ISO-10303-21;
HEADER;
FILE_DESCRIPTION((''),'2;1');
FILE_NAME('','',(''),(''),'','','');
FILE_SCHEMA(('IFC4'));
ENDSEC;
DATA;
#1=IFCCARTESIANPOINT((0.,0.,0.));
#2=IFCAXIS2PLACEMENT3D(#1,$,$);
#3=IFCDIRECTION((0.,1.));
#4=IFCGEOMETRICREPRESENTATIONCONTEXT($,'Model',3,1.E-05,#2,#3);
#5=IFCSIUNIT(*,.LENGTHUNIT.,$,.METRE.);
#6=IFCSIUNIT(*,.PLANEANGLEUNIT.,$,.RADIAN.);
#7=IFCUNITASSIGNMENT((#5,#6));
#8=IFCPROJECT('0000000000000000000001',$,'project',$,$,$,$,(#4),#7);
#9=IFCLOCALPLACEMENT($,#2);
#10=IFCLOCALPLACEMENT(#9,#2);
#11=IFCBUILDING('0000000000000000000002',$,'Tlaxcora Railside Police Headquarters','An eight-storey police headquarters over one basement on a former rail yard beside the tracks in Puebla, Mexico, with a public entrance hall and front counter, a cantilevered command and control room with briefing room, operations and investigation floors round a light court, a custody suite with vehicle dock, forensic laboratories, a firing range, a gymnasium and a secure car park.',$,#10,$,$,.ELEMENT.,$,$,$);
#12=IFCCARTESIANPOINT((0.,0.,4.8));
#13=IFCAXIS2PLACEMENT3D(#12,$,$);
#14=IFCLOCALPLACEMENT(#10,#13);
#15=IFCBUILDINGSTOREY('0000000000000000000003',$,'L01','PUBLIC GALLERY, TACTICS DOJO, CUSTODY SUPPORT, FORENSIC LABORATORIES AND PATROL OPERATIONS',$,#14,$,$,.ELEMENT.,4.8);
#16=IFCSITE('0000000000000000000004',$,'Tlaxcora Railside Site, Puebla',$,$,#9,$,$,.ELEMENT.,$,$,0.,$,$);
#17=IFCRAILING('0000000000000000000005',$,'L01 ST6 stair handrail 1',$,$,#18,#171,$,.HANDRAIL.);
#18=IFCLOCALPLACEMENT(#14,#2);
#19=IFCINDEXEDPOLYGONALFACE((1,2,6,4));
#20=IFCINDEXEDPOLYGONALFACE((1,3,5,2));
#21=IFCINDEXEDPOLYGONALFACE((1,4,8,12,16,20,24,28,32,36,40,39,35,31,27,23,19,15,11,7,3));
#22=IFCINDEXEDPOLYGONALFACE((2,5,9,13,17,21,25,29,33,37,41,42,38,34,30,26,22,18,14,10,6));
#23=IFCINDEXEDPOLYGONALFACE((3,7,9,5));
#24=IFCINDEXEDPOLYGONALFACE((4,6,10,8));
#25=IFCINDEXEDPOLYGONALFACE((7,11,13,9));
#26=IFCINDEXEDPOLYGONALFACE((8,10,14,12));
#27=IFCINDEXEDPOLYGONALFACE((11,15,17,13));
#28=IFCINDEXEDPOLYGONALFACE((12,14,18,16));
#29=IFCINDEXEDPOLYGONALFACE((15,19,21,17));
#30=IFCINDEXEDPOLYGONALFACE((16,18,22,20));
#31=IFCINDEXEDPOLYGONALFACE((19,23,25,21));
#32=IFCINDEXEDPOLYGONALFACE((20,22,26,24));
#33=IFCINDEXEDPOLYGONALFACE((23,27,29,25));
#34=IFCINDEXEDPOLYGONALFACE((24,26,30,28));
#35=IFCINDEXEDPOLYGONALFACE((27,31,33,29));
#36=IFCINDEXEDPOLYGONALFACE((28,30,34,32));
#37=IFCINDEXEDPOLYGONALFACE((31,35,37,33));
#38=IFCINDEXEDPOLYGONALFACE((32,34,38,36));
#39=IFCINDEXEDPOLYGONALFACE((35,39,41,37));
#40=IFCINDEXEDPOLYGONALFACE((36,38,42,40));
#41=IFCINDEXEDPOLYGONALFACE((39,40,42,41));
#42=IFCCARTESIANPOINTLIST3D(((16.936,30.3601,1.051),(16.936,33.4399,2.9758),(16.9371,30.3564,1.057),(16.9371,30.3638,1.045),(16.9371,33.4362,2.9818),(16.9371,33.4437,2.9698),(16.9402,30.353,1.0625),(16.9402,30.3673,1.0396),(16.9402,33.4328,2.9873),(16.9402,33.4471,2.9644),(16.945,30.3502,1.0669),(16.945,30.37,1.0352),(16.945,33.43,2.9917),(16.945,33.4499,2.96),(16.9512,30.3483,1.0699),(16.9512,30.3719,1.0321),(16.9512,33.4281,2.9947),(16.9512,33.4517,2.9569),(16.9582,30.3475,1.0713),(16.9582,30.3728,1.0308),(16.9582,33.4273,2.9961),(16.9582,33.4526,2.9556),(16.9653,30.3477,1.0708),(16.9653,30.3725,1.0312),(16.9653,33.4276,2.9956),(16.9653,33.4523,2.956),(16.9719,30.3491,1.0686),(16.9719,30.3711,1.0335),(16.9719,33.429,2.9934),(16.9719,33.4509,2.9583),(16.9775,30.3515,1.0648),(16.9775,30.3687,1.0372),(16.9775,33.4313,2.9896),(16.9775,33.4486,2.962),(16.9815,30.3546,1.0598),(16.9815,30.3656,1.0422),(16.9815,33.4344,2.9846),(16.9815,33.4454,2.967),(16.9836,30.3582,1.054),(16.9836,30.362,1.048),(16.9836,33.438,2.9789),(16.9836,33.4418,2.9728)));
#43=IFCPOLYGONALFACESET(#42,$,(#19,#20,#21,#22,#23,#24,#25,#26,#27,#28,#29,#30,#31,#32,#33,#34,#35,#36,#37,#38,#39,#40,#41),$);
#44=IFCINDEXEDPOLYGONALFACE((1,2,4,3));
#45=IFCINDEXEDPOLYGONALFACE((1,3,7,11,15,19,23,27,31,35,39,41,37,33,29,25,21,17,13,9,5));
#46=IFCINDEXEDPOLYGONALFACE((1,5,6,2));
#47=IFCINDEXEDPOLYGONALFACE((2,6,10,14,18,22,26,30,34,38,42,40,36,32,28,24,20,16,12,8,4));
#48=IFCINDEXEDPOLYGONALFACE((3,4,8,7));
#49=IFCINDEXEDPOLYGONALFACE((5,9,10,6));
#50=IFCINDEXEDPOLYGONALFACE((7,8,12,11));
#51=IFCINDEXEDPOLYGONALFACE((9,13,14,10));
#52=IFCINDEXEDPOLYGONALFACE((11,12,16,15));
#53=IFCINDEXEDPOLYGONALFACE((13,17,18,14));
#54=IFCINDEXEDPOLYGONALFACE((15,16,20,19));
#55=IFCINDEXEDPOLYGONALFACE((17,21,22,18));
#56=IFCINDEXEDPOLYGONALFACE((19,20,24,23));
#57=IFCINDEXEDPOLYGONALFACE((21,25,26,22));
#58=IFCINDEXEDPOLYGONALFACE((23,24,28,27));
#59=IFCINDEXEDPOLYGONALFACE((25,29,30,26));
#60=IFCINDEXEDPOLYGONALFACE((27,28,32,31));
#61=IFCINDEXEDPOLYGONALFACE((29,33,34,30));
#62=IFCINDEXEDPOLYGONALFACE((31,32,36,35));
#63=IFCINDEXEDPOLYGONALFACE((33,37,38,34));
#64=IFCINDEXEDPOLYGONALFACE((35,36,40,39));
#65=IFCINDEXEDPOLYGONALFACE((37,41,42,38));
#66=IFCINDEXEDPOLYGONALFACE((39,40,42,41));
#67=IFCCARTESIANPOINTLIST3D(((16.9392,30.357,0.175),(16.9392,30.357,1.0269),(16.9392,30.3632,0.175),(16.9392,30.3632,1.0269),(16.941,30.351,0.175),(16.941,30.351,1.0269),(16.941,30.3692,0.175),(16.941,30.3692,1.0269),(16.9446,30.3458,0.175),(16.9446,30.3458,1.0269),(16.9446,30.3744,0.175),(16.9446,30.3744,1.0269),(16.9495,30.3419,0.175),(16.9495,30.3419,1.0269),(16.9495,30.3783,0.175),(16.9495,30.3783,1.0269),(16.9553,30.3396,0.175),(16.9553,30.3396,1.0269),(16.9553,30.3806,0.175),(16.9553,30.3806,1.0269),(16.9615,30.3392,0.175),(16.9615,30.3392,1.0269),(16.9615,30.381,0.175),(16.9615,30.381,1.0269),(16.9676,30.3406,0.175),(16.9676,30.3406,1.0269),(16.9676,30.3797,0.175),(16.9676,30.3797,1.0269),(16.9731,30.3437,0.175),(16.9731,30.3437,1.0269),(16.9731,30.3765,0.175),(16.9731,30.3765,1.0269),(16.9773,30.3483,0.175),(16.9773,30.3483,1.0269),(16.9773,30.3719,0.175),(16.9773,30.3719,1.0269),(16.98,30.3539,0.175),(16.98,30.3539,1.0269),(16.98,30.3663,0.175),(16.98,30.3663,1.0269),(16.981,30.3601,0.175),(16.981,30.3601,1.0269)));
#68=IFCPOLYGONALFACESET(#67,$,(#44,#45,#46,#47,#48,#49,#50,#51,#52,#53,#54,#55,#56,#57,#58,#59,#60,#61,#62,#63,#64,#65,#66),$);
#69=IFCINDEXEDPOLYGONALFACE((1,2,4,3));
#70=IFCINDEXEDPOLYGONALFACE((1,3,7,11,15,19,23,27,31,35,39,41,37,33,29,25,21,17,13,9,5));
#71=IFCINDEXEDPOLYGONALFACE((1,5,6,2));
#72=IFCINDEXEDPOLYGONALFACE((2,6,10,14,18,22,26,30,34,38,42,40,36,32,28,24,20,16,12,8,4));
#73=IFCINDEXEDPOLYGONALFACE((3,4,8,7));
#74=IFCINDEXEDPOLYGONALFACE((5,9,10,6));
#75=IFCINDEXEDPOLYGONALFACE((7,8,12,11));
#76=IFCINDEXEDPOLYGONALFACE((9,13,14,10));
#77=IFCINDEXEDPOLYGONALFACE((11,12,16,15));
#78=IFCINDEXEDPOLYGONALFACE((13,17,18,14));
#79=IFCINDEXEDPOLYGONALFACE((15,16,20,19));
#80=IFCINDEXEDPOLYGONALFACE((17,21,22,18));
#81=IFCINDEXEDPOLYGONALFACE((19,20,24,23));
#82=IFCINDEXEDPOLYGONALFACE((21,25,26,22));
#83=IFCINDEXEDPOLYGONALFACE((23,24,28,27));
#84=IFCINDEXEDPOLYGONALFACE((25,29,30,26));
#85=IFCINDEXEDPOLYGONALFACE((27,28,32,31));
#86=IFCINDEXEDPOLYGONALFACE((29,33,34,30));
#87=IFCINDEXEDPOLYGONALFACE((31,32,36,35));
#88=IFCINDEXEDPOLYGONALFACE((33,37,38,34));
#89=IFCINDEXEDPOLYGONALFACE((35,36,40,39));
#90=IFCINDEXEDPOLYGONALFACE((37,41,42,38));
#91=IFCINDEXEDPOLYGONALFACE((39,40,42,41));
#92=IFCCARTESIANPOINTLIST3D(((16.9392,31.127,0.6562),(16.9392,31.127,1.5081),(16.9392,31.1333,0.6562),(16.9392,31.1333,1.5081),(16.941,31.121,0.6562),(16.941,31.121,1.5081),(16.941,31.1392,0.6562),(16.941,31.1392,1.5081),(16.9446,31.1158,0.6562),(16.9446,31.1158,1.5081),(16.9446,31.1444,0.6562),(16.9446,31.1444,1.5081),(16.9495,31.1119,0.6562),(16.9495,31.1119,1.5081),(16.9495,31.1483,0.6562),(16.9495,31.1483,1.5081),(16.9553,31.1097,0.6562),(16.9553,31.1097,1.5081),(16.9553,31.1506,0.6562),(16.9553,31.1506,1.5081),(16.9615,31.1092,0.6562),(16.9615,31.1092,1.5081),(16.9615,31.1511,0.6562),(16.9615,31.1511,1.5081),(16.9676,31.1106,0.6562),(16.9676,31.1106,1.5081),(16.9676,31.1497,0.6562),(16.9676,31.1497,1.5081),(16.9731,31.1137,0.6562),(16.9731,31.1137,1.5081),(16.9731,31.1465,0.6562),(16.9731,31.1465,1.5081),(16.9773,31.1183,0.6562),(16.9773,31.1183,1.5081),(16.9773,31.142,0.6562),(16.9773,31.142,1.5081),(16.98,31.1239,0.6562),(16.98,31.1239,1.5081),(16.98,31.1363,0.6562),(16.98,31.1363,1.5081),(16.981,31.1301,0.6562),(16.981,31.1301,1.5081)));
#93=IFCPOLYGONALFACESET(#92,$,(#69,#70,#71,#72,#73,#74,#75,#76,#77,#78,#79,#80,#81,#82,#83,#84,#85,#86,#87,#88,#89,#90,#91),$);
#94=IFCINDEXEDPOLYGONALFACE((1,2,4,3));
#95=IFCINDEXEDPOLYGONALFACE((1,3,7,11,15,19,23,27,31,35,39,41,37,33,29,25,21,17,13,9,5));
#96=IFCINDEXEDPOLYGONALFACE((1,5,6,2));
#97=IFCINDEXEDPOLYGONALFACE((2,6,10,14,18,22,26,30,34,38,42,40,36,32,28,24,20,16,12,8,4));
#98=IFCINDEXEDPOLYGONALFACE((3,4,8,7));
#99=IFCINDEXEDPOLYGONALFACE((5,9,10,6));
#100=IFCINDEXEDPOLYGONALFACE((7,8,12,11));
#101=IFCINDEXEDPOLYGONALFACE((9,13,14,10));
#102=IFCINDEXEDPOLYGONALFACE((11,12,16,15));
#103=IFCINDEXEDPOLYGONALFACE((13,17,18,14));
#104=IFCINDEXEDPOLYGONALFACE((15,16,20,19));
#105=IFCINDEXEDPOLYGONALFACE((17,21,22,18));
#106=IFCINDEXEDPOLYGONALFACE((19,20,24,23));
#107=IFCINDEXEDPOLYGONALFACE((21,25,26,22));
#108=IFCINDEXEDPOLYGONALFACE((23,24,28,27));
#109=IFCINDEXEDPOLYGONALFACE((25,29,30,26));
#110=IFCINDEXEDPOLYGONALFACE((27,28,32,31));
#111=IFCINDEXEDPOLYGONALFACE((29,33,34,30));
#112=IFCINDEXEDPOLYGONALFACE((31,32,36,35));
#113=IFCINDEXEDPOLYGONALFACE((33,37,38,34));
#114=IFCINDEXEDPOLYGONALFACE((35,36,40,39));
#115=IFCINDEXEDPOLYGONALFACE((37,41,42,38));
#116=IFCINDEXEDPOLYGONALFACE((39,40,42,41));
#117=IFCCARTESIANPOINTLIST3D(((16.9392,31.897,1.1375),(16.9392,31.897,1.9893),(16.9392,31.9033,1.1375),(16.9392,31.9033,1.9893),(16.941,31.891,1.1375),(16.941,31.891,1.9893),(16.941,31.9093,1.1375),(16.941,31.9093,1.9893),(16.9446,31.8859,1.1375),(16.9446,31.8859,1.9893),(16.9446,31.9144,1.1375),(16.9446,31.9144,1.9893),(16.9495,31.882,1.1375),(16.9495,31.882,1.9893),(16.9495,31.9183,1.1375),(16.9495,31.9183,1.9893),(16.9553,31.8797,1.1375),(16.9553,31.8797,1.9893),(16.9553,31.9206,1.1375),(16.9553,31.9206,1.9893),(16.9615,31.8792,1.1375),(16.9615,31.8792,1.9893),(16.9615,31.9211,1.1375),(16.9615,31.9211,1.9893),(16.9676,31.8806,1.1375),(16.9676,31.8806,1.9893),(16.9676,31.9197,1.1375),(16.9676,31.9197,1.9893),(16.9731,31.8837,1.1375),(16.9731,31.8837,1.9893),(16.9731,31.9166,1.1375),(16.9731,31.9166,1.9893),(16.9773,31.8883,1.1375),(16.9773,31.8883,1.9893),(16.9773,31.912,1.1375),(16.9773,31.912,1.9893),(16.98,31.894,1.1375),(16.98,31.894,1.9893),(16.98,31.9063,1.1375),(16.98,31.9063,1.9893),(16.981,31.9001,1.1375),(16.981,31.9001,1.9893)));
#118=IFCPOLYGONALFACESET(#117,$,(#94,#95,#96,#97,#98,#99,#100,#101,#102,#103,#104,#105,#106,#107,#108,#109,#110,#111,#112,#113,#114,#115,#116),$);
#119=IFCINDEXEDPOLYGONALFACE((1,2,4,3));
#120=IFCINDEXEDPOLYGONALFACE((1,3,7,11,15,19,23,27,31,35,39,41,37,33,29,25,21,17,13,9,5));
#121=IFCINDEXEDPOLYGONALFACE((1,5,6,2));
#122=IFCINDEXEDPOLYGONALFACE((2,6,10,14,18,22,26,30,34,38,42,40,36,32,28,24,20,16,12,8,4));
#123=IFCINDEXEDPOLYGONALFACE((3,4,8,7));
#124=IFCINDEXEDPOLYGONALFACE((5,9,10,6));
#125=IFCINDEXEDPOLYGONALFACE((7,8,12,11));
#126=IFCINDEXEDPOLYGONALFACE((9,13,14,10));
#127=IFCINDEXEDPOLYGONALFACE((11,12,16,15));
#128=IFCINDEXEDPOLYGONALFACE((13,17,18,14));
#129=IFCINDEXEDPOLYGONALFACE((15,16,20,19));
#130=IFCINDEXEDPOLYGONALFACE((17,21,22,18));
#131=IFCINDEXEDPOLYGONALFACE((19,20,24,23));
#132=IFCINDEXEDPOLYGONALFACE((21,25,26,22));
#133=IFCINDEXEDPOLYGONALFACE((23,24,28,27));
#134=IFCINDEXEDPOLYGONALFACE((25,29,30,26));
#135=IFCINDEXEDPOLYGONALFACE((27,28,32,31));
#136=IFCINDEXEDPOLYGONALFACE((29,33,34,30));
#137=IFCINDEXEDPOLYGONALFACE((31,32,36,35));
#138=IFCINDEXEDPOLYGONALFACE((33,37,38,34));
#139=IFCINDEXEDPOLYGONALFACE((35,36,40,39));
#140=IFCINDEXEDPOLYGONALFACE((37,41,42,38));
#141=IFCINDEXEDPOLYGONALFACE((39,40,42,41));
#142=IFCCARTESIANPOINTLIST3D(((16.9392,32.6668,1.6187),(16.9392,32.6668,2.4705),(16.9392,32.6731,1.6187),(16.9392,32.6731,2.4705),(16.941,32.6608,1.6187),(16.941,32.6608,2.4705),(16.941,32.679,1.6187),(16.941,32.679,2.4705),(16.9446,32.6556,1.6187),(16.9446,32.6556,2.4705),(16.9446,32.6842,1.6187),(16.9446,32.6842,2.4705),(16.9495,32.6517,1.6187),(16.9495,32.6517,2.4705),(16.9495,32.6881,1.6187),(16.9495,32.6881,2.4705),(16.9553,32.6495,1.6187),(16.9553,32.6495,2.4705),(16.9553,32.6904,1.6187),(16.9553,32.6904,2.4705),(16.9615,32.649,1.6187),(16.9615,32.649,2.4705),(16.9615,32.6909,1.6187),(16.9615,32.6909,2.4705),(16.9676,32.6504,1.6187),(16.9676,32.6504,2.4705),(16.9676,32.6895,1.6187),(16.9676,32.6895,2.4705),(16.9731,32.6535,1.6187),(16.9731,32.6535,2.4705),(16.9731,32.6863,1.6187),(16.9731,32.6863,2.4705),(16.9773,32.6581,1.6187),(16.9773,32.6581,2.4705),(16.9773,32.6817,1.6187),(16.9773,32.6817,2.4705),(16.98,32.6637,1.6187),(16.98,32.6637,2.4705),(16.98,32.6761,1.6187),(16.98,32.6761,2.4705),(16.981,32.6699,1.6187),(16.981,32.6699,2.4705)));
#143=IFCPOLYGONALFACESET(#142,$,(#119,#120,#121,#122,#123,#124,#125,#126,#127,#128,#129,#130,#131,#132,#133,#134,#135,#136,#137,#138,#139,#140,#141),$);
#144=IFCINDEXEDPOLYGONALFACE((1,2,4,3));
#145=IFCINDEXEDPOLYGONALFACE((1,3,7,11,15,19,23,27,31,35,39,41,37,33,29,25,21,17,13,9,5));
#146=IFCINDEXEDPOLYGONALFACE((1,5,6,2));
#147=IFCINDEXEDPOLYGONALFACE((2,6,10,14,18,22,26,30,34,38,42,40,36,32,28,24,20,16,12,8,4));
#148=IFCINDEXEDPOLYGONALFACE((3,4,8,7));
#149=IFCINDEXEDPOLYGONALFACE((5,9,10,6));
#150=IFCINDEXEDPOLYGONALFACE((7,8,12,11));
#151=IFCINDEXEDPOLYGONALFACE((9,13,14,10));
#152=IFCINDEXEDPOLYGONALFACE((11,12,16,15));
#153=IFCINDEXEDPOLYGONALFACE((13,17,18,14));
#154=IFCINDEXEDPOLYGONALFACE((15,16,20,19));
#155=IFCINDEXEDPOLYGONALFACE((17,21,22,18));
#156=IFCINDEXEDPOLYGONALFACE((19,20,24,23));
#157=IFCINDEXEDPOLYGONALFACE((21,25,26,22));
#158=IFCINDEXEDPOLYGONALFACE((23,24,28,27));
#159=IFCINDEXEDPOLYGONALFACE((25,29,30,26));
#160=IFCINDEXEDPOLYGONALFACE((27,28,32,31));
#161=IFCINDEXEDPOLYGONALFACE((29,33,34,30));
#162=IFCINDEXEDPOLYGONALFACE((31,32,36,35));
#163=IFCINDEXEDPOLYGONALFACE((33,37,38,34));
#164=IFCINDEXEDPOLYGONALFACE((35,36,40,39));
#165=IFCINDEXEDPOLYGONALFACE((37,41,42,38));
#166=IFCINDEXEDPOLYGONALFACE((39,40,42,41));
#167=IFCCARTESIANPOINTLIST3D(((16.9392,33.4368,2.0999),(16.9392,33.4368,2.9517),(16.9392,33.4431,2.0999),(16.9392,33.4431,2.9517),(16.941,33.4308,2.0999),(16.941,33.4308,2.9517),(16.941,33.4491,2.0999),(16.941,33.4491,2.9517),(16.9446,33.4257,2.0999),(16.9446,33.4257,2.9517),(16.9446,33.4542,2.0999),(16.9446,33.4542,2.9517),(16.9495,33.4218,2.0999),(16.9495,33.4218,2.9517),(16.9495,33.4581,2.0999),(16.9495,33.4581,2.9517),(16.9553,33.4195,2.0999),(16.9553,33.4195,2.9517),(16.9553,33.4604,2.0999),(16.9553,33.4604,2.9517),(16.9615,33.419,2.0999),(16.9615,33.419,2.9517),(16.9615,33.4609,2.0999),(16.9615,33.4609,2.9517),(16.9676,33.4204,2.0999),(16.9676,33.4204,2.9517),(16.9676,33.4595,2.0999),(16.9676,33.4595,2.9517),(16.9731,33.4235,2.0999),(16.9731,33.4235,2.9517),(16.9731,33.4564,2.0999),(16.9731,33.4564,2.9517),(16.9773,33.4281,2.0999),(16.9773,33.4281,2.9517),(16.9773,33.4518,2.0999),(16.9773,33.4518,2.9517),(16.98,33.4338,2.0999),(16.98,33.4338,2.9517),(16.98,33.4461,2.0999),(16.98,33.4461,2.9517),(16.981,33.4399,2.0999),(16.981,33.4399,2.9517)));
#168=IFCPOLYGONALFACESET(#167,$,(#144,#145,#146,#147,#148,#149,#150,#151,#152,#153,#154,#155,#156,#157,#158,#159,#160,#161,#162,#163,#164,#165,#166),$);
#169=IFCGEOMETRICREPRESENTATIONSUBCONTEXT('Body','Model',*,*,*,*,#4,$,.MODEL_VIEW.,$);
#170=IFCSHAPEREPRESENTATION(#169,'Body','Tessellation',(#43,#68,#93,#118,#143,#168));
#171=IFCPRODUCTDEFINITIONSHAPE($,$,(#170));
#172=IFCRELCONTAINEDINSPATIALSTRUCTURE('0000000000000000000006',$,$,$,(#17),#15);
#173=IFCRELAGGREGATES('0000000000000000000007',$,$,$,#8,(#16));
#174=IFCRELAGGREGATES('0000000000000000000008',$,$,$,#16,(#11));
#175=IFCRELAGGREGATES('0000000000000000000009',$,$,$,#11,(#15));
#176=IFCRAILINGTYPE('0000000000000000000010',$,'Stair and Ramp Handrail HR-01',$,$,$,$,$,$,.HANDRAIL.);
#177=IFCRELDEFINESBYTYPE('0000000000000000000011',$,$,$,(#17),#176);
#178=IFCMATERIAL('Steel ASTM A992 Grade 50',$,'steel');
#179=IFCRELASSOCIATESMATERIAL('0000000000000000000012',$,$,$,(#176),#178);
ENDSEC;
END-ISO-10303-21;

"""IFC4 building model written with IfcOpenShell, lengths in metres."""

from ifc_helpers import new_model, si_unit, direction, frame, origin, origin_2d, place, context, subcontext, project, spatial, circle, extrude, material, type_object, element, save


model = new_model("IFC4")

# Units and contexts
model_context = context("Model", 3, precision=1e-05, world=origin(), true_north=direction((0.0, 1.0)))
body_context = subcontext(model_context, "Body", "Model", "MODEL_VIEW")
ifc_project = project(units=[si_unit("LENGTHUNIT", "METRE"), si_unit("PLANEANGLEUNIT", "RADIAN")], contexts=[model_context])

# Site, building, storey
site_placement = place(None, origin())
site = spatial("IfcSite", under=ifc_project, at=site_placement, Name="Tlaxcora Railside Site, Puebla", CompositionType="ELEMENT", RefElevation=0.0)
building_placement = place(site_placement, origin())
building = spatial("IfcBuilding", under=site, at=building_placement, Name="Tlaxcora Railside Police Headquarters", Description="An eight-storey police headquarters over one basement on a former rail yard beside the tracks in Puebla, Mexico, with a public entrance hall and front counter, a cantilevered command and control room with briefing room, operations and investigation floors round a light court, a custody suite with vehicle dock, forensic laboratories, a firing range, a gymnasium and a secure car park.", CompositionType="ELEMENT")
storey_placement = place(building_placement, frame((0.0, 0.0, 4.8)))
storey = spatial("IfcBuildingStorey", under=building, at=storey_placement, Name="L01", Description="PUBLIC GALLERY, TACTICS DOJO, CUSTODY SUPPORT, FORENSIC LABORATORIES AND PATROL OPERATIONS", CompositionType="ELEMENT", Elevation=4.8)

# Railing
ifc_material_1 = material(Name="Steel ASTM A992 Grade 50", Category="steel")
railing_type_1 = type_object("IfcRailingType", Name="Stair and Ramp Handrail HR-01", PredefinedType="HANDRAIL", material=ifc_material_1)
railing_1_placement = place(storey_placement, frame((16.96, 30.3601, 0.175)))
element("IfcRailing", 1, at=railing_1_placement, inside=storey, type_object=railing_type_1, Name="L01 ST6 stair handrail 1", PredefinedType="HANDRAIL", context=body_context, shape_type="SweptSolid", body=[
    extrude(circle(Radius=0.0239, at=origin_2d()), frame((0.0, 0.0, 0.876), z_axis=(0.0, 0.84801, 0.529981), x_axis=(-1.0, 0.0, 0.0)), (0.0, 0.0, 1.0), 3.6318),
    extrude(circle(Radius=0.021, at=origin_2d()), origin(), (0.0, 0.0, 1.0), 0.8518),
    extrude(circle(Radius=0.021, at=origin_2d()), frame((0.0, 0.77, 0.4812)), (0.0, 0.0, 1.0), 0.8518),
    extrude(circle(Radius=0.021, at=origin_2d()), frame((0.0, 1.54, 0.9624)), (0.0, 0.0, 1.0), 0.8518),
    extrude(circle(Radius=0.021, at=origin_2d()), frame((0.0, 2.3098, 1.4436)), (0.0, 0.0, 1.0), 0.8518),
    extrude(circle(Radius=0.021, at=origin_2d()), frame((0.0, 3.0798, 1.9248)), (0.0, 0.0, 1.0), 0.8518),
])

save(model, "model.ifc")
